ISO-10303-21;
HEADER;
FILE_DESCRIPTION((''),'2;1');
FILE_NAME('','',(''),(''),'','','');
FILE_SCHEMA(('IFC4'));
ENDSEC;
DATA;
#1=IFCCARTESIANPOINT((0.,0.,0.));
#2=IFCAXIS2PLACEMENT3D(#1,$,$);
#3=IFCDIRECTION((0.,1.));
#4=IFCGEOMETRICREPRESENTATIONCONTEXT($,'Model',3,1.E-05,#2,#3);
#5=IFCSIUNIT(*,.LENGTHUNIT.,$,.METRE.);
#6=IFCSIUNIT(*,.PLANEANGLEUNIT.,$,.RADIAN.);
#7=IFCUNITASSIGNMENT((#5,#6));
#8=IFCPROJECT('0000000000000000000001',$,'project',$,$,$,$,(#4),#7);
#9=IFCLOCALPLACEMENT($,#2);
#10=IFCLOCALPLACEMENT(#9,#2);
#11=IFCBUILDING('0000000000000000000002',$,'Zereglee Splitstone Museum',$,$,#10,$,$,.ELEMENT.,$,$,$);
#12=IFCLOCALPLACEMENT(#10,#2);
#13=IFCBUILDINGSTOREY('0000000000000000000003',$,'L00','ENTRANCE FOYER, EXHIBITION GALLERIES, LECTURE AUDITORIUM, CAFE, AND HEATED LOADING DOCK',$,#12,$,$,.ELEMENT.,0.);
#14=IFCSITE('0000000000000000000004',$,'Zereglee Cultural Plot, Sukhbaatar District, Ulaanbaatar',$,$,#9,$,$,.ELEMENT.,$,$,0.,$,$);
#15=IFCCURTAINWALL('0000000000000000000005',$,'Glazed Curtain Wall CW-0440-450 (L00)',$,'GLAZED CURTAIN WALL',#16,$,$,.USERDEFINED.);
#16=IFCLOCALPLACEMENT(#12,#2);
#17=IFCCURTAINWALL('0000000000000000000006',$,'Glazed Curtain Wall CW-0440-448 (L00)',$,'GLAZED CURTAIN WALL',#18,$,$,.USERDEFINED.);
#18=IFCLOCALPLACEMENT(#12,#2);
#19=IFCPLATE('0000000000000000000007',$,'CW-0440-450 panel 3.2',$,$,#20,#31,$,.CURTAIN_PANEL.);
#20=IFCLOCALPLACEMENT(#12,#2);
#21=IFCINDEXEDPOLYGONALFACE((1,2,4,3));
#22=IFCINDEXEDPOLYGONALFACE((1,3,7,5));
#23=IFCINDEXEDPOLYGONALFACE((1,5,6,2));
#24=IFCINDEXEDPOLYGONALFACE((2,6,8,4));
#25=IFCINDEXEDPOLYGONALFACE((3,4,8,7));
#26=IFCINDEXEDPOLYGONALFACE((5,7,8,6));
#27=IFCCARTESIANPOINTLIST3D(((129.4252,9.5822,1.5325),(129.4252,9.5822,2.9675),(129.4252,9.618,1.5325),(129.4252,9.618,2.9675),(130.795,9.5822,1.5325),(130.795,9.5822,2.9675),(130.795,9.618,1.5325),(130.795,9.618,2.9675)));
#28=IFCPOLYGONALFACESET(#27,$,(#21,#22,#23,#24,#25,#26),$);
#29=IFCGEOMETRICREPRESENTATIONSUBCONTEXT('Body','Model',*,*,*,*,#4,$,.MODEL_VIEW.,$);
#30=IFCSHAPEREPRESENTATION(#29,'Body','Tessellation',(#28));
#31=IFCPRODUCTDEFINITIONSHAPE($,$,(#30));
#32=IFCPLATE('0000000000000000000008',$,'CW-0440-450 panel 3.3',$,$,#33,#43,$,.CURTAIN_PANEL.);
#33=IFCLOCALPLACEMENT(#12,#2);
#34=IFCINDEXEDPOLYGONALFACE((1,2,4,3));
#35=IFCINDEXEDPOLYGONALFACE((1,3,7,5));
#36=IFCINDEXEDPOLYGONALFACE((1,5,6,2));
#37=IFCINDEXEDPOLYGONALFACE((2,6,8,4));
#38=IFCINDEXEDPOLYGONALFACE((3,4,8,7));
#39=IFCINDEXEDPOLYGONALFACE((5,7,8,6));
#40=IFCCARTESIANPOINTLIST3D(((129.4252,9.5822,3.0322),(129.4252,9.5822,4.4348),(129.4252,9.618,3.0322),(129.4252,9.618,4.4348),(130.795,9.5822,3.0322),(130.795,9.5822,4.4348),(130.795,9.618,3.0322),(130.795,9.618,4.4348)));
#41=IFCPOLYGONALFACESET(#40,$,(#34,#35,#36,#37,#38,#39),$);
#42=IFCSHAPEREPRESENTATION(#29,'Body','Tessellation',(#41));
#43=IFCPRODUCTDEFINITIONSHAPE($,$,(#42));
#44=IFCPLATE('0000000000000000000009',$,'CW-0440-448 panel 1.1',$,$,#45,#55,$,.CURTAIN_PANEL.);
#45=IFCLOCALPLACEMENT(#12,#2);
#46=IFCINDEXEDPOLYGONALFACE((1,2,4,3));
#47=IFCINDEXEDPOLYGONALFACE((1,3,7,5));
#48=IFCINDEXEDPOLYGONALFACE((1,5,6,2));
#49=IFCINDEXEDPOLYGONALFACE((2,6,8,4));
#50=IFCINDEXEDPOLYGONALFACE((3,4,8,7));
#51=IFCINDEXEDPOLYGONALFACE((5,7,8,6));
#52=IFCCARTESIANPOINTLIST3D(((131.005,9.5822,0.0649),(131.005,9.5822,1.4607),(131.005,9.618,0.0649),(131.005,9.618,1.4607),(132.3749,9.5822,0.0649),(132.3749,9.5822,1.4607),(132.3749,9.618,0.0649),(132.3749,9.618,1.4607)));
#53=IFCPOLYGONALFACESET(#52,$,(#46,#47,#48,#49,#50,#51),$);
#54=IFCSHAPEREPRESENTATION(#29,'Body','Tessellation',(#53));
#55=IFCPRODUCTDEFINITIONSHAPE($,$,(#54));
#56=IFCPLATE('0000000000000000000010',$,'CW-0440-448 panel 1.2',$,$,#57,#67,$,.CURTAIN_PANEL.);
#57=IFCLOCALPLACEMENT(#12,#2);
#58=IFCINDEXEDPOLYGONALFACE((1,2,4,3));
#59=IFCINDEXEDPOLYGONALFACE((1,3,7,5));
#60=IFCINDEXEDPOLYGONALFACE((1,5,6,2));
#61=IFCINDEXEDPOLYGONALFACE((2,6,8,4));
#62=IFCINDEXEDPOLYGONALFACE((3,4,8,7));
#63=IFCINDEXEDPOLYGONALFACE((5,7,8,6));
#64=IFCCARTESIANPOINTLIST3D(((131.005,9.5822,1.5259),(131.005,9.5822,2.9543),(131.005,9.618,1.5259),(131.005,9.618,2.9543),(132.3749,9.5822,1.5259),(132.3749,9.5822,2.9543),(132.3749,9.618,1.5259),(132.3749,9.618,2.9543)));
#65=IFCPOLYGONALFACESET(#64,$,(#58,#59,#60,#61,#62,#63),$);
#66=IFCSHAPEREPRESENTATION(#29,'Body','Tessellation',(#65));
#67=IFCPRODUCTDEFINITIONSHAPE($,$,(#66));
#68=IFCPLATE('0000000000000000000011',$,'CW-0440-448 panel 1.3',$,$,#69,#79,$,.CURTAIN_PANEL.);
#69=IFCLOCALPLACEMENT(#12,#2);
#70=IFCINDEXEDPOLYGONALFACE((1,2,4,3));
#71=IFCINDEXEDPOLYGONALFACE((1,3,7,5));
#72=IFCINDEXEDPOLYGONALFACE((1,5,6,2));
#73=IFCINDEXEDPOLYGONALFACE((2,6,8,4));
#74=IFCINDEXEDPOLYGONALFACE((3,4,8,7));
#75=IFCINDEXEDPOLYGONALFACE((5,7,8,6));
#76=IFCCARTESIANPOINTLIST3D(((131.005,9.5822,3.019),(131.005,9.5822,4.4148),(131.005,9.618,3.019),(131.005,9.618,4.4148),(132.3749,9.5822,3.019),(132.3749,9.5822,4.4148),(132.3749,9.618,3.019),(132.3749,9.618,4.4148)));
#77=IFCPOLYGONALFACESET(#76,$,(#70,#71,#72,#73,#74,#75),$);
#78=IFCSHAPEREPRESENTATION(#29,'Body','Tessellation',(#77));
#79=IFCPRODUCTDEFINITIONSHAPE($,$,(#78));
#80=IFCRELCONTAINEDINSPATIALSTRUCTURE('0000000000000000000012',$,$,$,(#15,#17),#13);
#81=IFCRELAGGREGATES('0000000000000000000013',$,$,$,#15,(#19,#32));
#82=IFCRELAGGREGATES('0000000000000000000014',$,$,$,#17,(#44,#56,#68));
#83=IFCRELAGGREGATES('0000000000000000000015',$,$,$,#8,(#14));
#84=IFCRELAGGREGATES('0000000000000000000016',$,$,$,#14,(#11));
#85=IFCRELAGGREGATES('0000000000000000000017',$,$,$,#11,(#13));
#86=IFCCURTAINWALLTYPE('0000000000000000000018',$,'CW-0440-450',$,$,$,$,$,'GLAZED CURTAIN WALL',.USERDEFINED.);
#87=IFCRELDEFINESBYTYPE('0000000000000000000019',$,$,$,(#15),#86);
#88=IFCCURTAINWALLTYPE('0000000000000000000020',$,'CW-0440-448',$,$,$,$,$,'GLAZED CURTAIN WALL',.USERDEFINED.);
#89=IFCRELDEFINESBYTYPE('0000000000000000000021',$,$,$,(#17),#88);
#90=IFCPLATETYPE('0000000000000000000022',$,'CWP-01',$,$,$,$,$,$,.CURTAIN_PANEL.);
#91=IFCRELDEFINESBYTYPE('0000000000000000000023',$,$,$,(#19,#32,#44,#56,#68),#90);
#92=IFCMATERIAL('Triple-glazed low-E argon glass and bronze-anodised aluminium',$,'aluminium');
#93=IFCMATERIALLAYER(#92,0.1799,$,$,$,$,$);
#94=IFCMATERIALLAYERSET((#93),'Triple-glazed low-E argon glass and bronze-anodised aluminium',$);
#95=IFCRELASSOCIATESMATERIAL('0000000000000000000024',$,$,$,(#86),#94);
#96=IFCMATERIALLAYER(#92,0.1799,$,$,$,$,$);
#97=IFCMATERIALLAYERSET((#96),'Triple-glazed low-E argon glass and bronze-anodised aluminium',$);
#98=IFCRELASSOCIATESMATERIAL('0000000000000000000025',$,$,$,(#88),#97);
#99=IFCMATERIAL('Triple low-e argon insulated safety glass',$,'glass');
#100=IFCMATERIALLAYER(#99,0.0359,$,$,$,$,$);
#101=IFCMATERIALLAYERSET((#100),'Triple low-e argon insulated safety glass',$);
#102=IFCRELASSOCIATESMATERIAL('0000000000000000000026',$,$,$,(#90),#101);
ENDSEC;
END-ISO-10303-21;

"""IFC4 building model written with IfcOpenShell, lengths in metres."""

from ifc_helpers import new_model, si_unit, direction, frame, origin, origin_2d, place, context, subcontext, project, spatial, rectangle, extrude, material, layer, layer_set, type_object, element, aggregate, save


model = new_model("IFC4")

# Units and contexts
model_context = context("Model", 3, precision=1e-05, world=origin(), true_north=direction((0.0, 1.0)))
body_context = subcontext(model_context, "Body", "Model", "MODEL_VIEW")
ifc_project = project(units=[si_unit("LENGTHUNIT", "METRE"), si_unit("PLANEANGLEUNIT", "RADIAN")], contexts=[model_context])

# Site, building, storey
site_placement = place(None, origin())
site = spatial("IfcSite", under=ifc_project, at=site_placement, Name="Zereglee Cultural Plot, Sukhbaatar District, Ulaanbaatar", CompositionType="ELEMENT", RefElevation=0.0)
building_placement = place(site_placement, origin())
building = spatial("IfcBuilding", under=site, at=building_placement, Name="Zereglee Splitstone Museum", CompositionType="ELEMENT")
storey_placement = place(building_placement, origin())
storey = spatial("IfcBuildingStorey", under=building, at=storey_placement, Name="L00", Description="ENTRANCE FOYER, EXHIBITION GALLERIES, LECTURE AUDITORIUM, CAFE, AND HEATED LOADING DOCK", CompositionType="ELEMENT", Elevation=0.0)

# Curtain walls
ifc_material_1 = material(Name="Triple-glazed low-E argon glass and bronze-anodised aluminium", Category="aluminium")
ifc_layer_1 = layer(ifc_material_1, 0.1799)
ifc_layer_set_1 = layer_set([ifc_layer_1], Name="Triple-glazed low-E argon glass and bronze-anodised aluminium")
curtain_wall_type_1 = type_object("IfcCurtainWallType", Name="CW-0440-450", ElementType="GLAZED CURTAIN WALL", PredefinedType="USERDEFINED", material=ifc_layer_set_1)
curtain_wall_1_placement = place(storey_placement, origin())
curtain_wall_1 = element("IfcCurtainWall", 1, at=curtain_wall_1_placement, inside=storey, type_object=curtain_wall_type_1, Name="Glazed Curtain Wall CW-0440-450 (L00)", ObjectType="GLAZED CURTAIN WALL", PredefinedType="USERDEFINED")
ifc_layer_2 = layer(ifc_material_1, 0.1799)
ifc_layer_set_2 = layer_set([ifc_layer_2], Name="Triple-glazed low-E argon glass and bronze-anodised aluminium")
curtain_wall_type_2 = type_object("IfcCurtainWallType", Name="CW-0440-448", ElementType="GLAZED CURTAIN WALL", PredefinedType="USERDEFINED", material=ifc_layer_set_2)
curtain_wall_2_placement = place(storey_placement, origin())
curtain_wall_2 = element("IfcCurtainWall", 2, at=curtain_wall_2_placement, inside=storey, type_object=curtain_wall_type_2, Name="Glazed Curtain Wall CW-0440-448 (L00)", ObjectType="GLAZED CURTAIN WALL", PredefinedType="USERDEFINED")

# Plates
ifc_material_2 = material(Name="Triple low-e argon insulated safety glass", Category="glass")
ifc_layer_3 = layer(ifc_material_2, 0.0359)
ifc_layer_set_3 = layer_set([ifc_layer_3], Name="Triple low-e argon insulated safety glass")
plate_type = type_object("IfcPlateType", Name="CWP-01", PredefinedType="CURTAIN_PANEL", material=ifc_layer_set_3)
plate_1_placement = place(storey_placement, frame((130.1101, 9.6001, 1.5325), z_axis=(0.0, 0.0, 1.0), x_axis=(1.0, 0.0, 0.0)))
plate_1 = element("IfcPlate", 3, at=plate_1_placement, type_object=plate_type, Name="CW-0440-450 panel 3.2", PredefinedType="CURTAIN_PANEL", context=body_context, shape_type="SweptSolid", body=[
    extrude(rectangle(XDim=1.3699, YDim=0.0359, at=origin_2d()), origin(), (0.0, 0.0, 1.0), 1.4351),
])
plate_2_placement = place(storey_placement, frame((130.1101, 9.6001, 3.0322), z_axis=(0.0, 0.0, 1.0), x_axis=(1.0, 0.0, 0.0)))
plate_2 = element("IfcPlate", 4, at=plate_2_placement, type_object=plate_type, Name="CW-0440-450 panel 3.3", PredefinedType="CURTAIN_PANEL", context=body_context, shape_type="SweptSolid", body=[
    extrude(rectangle(XDim=1.3699, YDim=0.0359, at=origin_2d()), origin(), (0.0, 0.0, 1.0), 1.4026),
])
aggregate(curtain_wall_1, [plate_1, plate_2])
plate_3_placement = place(storey_placement, frame((131.6899, 9.6001, 0.0649), z_axis=(0.0, 0.0, 1.0), x_axis=(1.0, 0.0, 0.0)))
plate_3 = element("IfcPlate", 5, at=plate_3_placement, type_object=plate_type, Name="CW-0440-448 panel 1.1", PredefinedType="CURTAIN_PANEL", context=body_context, shape_type="SweptSolid", body=[
    extrude(rectangle(XDim=1.3699, YDim=0.0359, at=origin_2d()), origin(), (0.0, 0.0, 1.0), 1.3958),
])
plate_4_placement = place(storey_placement, frame((131.6899, 9.6001, 1.5259), z_axis=(0.0, 0.0, 1.0), x_axis=(1.0, 0.0, 0.0)))
plate_4 = element("IfcPlate", 6, at=plate_4_placement, type_object=plate_type, Name="CW-0440-448 panel 1.2", PredefinedType="CURTAIN_PANEL", context=body_context, shape_type="SweptSolid", body=[
    extrude(rectangle(XDim=1.3699, YDim=0.0359, at=origin_2d()), origin(), (0.0, 0.0, 1.0), 1.4285),
])
plate_5_placement = place(storey_placement, frame((131.6899, 9.6001, 3.019), z_axis=(0.0, 0.0, 1.0), x_axis=(1.0, 0.0, 0.0)))
plate_5 = element("IfcPlate", 7, at=plate_5_placement, type_object=plate_type, Name="CW-0440-448 panel 1.3", PredefinedType="CURTAIN_PANEL", context=body_context, shape_type="SweptSolid", body=[
    extrude(rectangle(XDim=1.3699, YDim=0.0359, at=origin_2d()), origin(), (0.0, 0.0, 1.0), 1.3958),
])
aggregate(curtain_wall_2, [plate_3, plate_4, plate_5])

save(model, "model.ifc")
